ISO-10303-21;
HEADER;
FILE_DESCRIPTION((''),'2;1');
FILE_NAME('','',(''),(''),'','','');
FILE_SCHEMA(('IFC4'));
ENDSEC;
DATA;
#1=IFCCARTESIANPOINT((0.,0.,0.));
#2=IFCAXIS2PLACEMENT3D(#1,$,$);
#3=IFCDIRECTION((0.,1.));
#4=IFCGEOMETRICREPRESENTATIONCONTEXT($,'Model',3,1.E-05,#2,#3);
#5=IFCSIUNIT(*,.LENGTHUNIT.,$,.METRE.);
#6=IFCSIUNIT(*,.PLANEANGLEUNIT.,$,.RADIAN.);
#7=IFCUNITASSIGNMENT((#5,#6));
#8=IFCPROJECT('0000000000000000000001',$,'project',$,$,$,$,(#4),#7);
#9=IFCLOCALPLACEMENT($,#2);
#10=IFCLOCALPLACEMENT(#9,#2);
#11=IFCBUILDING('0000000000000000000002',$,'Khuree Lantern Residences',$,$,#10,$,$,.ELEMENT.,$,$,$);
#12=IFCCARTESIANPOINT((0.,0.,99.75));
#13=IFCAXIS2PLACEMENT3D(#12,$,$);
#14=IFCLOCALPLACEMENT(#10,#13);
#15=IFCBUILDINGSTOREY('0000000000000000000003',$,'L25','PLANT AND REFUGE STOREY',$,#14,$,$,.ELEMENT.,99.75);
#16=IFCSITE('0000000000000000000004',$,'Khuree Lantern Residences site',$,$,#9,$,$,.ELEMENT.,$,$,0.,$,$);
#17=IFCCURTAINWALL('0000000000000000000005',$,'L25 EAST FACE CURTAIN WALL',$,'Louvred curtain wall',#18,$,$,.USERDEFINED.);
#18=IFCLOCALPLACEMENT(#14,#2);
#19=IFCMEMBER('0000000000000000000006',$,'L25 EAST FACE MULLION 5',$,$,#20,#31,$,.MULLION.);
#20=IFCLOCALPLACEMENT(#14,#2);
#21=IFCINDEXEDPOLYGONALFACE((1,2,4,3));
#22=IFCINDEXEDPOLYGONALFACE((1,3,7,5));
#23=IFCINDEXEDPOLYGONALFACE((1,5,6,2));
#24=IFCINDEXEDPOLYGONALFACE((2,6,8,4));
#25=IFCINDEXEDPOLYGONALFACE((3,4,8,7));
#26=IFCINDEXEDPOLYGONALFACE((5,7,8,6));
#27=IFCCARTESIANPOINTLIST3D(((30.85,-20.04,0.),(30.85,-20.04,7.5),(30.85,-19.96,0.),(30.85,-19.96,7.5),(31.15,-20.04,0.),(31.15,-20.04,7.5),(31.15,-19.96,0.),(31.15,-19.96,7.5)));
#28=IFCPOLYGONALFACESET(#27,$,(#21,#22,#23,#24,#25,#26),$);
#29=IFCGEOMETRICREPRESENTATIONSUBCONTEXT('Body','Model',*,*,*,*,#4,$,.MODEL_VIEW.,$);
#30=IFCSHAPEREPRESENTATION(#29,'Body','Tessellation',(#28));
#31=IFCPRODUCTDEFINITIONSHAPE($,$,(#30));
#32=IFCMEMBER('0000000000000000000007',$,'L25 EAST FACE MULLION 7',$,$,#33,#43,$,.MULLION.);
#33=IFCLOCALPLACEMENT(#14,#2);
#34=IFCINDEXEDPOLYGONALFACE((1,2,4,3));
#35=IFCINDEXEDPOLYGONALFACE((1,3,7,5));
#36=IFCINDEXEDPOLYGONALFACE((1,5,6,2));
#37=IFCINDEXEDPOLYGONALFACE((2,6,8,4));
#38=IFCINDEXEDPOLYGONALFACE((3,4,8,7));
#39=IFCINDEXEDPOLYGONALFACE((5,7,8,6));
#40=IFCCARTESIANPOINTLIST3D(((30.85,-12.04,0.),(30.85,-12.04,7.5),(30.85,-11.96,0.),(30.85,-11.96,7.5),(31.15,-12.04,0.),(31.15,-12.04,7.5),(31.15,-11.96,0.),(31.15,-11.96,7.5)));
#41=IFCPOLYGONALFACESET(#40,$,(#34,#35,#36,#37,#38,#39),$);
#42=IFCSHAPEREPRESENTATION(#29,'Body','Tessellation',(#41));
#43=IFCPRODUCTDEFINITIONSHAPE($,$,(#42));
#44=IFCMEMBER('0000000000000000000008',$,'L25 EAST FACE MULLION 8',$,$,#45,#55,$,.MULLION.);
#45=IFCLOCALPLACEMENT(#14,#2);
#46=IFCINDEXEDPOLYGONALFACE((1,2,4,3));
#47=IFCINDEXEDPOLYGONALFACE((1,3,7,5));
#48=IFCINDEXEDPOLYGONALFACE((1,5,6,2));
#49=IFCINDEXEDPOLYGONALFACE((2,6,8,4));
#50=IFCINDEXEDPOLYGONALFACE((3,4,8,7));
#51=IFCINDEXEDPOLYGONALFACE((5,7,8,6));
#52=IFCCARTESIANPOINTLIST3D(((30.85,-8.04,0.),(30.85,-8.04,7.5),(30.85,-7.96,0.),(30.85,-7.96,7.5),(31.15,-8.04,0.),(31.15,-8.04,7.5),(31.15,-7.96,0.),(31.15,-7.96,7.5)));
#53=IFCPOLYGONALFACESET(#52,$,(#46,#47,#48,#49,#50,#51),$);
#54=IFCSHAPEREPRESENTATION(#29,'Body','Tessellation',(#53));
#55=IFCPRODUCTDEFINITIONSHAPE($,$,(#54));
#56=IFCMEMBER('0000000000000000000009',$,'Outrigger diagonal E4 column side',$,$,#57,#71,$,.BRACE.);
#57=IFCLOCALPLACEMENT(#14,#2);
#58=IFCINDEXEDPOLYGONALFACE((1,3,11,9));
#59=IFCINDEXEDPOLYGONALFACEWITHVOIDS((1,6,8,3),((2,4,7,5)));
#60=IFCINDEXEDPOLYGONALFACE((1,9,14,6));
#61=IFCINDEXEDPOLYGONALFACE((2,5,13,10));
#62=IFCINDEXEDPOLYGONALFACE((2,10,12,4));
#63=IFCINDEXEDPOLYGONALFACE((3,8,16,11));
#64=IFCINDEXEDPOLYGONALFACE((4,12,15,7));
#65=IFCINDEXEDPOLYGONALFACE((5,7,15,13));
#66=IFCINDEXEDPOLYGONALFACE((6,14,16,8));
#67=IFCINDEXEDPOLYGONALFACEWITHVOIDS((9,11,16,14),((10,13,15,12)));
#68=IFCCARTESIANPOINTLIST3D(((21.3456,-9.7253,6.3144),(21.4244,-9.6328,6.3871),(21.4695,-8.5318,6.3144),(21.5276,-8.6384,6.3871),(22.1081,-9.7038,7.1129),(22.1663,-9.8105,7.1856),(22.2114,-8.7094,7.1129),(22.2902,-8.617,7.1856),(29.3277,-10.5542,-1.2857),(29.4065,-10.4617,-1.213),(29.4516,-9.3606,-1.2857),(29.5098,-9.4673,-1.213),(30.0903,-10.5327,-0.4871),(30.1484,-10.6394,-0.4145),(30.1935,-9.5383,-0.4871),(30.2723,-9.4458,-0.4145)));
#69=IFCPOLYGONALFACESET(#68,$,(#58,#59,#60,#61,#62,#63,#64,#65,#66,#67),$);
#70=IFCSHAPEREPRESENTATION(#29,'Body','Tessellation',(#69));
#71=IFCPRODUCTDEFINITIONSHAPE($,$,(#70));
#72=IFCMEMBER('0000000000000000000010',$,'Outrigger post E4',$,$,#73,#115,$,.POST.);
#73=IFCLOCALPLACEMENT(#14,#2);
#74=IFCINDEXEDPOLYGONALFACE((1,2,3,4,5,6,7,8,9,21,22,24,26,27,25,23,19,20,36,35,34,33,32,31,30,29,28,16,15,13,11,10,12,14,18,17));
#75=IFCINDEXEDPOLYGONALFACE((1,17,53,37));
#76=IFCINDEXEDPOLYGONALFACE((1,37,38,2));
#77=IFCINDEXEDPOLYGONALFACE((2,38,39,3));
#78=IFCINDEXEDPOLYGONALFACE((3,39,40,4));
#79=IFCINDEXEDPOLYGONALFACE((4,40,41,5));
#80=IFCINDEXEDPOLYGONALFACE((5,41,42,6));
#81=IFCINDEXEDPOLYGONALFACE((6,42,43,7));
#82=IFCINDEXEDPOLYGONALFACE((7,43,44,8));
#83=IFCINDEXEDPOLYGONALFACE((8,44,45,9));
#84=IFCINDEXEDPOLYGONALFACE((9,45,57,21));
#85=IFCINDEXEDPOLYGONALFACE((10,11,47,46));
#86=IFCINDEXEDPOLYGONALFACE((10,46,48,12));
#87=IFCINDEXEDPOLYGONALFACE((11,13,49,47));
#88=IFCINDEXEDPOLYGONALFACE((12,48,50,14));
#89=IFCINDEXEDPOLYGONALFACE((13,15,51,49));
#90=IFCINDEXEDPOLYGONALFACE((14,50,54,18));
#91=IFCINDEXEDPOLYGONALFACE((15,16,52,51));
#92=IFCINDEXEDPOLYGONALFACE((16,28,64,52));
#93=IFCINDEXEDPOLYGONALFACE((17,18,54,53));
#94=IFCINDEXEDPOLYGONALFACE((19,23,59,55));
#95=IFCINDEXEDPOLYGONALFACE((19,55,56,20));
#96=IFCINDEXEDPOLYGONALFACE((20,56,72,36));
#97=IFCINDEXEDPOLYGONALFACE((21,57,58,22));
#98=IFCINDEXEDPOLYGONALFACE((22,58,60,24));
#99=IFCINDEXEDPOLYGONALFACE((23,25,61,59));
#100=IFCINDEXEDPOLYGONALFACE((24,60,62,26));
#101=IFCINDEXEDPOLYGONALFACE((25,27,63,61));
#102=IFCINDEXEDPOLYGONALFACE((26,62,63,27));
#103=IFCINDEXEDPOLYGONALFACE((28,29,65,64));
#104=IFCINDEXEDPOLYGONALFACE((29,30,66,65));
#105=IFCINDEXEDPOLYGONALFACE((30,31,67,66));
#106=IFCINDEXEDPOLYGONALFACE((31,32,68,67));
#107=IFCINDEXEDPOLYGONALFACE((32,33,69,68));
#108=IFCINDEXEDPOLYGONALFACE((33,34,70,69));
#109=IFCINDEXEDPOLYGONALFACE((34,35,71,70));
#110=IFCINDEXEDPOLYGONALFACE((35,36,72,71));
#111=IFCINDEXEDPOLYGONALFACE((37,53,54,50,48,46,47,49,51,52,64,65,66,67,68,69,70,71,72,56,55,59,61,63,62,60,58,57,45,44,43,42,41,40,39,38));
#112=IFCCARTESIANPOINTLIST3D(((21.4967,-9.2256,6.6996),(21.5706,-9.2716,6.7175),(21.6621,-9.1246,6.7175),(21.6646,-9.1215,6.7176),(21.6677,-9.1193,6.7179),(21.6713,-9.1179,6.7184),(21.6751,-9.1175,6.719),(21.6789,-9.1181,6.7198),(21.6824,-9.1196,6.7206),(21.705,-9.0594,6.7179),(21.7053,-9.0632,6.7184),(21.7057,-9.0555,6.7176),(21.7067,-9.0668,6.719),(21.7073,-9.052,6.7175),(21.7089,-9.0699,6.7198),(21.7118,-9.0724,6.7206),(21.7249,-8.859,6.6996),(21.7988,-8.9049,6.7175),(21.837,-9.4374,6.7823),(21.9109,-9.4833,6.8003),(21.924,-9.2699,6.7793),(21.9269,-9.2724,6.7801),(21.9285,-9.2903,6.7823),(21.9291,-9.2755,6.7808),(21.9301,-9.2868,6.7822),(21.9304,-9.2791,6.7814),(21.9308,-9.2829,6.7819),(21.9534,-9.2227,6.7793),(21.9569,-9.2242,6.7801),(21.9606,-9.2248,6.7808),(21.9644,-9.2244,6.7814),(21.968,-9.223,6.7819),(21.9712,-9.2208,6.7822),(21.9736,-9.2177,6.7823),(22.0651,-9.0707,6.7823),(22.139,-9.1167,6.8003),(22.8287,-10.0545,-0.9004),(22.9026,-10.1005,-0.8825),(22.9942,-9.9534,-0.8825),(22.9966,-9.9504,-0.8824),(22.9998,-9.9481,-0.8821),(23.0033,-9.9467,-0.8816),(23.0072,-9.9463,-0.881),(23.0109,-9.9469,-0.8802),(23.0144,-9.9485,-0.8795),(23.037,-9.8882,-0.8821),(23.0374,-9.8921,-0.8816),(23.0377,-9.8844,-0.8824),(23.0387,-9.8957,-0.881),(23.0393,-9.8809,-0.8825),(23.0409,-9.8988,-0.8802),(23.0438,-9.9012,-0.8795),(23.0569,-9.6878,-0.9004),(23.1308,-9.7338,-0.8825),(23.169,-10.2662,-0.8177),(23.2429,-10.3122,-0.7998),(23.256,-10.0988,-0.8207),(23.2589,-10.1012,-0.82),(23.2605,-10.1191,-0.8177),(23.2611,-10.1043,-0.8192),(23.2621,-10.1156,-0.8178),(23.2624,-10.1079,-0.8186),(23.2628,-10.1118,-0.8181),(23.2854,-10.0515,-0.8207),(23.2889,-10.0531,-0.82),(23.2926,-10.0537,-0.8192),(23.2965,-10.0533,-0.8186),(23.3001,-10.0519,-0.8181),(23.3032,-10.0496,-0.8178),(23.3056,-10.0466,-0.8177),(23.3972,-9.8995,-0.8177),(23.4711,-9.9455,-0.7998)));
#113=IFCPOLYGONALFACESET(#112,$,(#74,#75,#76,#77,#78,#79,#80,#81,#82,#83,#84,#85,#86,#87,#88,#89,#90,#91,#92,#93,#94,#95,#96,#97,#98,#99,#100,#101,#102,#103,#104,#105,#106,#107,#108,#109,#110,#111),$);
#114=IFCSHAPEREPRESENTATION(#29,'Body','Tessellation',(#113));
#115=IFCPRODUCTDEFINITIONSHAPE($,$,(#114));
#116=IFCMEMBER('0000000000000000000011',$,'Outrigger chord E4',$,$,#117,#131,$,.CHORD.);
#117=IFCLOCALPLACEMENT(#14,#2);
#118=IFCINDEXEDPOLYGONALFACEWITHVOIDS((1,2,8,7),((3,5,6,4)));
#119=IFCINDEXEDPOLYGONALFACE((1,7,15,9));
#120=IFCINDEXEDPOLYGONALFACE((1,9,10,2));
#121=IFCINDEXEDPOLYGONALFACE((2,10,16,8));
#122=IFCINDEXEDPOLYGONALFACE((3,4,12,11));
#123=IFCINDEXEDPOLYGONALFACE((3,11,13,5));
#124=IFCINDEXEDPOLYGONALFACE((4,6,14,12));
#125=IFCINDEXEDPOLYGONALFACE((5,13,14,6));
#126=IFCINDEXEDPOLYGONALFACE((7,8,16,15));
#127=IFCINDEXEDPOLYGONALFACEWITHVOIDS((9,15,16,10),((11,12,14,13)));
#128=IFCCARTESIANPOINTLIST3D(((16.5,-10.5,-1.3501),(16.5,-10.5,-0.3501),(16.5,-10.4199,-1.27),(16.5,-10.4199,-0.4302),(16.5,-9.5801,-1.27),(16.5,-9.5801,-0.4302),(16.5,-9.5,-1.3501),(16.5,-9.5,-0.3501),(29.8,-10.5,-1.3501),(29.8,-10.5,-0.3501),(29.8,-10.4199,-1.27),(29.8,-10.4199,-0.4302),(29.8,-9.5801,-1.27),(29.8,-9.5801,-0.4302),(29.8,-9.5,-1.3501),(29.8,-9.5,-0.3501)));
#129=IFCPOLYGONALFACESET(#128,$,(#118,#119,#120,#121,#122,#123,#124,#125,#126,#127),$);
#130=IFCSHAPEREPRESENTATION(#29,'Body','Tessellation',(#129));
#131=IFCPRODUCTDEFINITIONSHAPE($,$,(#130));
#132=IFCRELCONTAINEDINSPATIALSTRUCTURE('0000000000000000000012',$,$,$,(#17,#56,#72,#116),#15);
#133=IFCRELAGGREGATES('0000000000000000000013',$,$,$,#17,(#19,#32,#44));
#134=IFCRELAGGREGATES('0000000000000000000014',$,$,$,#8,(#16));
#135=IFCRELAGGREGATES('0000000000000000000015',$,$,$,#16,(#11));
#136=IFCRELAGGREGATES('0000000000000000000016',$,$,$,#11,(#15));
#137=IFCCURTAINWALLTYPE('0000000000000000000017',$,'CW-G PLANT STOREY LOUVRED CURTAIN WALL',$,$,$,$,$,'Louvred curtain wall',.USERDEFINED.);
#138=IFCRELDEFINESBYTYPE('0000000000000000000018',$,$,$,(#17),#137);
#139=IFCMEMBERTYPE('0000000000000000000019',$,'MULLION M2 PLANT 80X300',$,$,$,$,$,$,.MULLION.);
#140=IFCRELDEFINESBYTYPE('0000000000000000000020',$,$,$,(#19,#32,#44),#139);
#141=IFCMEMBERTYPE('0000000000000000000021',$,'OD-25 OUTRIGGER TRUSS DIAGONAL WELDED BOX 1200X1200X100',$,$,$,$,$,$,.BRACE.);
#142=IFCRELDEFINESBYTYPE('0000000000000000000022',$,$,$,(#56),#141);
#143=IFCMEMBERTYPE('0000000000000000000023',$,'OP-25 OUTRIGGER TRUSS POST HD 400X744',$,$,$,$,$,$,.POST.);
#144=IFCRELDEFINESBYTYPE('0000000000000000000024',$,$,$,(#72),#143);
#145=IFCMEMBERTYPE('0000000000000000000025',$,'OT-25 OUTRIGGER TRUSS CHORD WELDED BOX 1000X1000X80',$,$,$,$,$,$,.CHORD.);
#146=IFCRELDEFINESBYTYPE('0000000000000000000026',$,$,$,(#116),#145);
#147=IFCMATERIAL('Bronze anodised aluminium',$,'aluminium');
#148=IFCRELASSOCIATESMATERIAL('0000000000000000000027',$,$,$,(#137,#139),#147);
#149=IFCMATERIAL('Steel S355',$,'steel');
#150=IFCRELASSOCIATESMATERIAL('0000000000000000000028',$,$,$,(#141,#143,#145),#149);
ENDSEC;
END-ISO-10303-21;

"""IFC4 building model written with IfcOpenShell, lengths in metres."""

from ifc_helpers import new_model, si_unit, direction, frame, origin, origin_2d, place, context, subcontext, project, spatial, rectangle, hollow_rectangle, i_section, extrude, material, material_profile, profile_set, type_object, element, aggregate, save


model = new_model("IFC4")

# Units and contexts
model_context = context("Model", 3, precision=1e-05, world=origin(), true_north=direction((0.0, 1.0)))
body_context = subcontext(model_context, "Body", "Model", "MODEL_VIEW")
ifc_project = project(units=[si_unit("LENGTHUNIT", "METRE"), si_unit("PLANEANGLEUNIT", "RADIAN")], contexts=[model_context])

# Site, building, storey
site_placement = place(None, origin())
site = spatial("IfcSite", under=ifc_project, at=site_placement, Name="Khuree Lantern Residences site", CompositionType="ELEMENT", RefElevation=0.0)
building_placement = place(site_placement, origin())
building = spatial("IfcBuilding", under=site, at=building_placement, Name="Khuree Lantern Residences", CompositionType="ELEMENT")
storey_placement = place(building_placement, frame((0.0, 0.0, 99.75)))
storey = spatial("IfcBuildingStorey", under=building, at=storey_placement, Name="L25", Description="PLANT AND REFUGE STOREY", CompositionType="ELEMENT", Elevation=99.75)

# Shared definitions
ifc_material_1 = material(Name="Steel S355", Category="steel")

# Curtain wall
ifc_material_2 = material(Name="Bronze anodised aluminium", Category="aluminium")
curtain_wall_type = type_object("IfcCurtainWallType", Name="CW-G PLANT STOREY LOUVRED CURTAIN WALL", ElementType="Louvred curtain wall", PredefinedType="USERDEFINED", material=ifc_material_2)
curtain_wall_placement = place(storey_placement, origin())
curtain_wall = element("IfcCurtainWall", 1, at=curtain_wall_placement, inside=storey, type_object=curtain_wall_type, Name="L25 EAST FACE CURTAIN WALL", ObjectType="Louvred curtain wall", PredefinedType="USERDEFINED")

# Members
ifc_material_profile_1 = material_profile(ifc_material_2, rectangle(XDim=0.0801, YDim=0.3, at=origin_2d()), Name="M2 80X300")
ifc_profile_set_1 = profile_set([ifc_material_profile_1], Name="Bronze anodised aluminium")
member_type_1 = type_object("IfcMemberType", Name="MULLION M2 PLANT 80X300", PredefinedType="MULLION", material=ifc_profile_set_1)
member_1_placement = place(storey_placement, frame((31.0, -20.0, 0.0), z_axis=(0.0, 0.0, 1.0), x_axis=(0.0, 1.0, 0.0)))
member_1 = element("IfcMember", 2, at=member_1_placement, type_object=member_type_1, Name="L25 EAST FACE MULLION 5", PredefinedType="MULLION", context=body_context, shape_type="SweptSolid", body=[
    extrude(rectangle(XDim=0.0801, YDim=0.3, at=origin_2d()), origin(), (0.0, 0.0, 1.0), 7.5),
])
member_2_placement = place(storey_placement, frame((31.0, -12.0, 0.0), z_axis=(0.0, 0.0, 1.0), x_axis=(0.0, 1.0, 0.0)))
member_2 = element("IfcMember", 3, at=member_2_placement, type_object=member_type_1, Name="L25 EAST FACE MULLION 7", PredefinedType="MULLION", context=body_context, shape_type="SweptSolid", body=[
    extrude(rectangle(XDim=0.0801, YDim=0.3, at=origin_2d()), origin(), (0.0, 0.0, 1.0), 7.5),
])
member_3_placement = place(storey_placement, frame((31.0, -8.0, 0.0), z_axis=(0.0, 0.0, 1.0), x_axis=(0.0, 1.0, 0.0)))
member_3 = element("IfcMember", 4, at=member_3_placement, type_object=member_type_1, Name="L25 EAST FACE MULLION 8", PredefinedType="MULLION", context=body_context, shape_type="SweptSolid", body=[
    extrude(rectangle(XDim=0.0801, YDim=0.3, at=origin_2d()), origin(), (0.0, 0.0, 1.0), 7.5),
])

# Members
ifc_material_profile_2 = material_profile(ifc_material_1, hollow_rectangle(XDim=1.2, YDim=1.2, WallThickness=0.1001, at=origin_2d()), Name="WELDED BOX 1200X1200X100")
ifc_profile_set_2 = profile_set([ifc_material_profile_2], Name="Steel S355")
member_type_2 = type_object("IfcMemberType", Name="OD-25 OUTRIGGER TRUSS DIAGONAL WELDED BOX 1200X1200X100", PredefinedType="BRACE", material=ifc_profile_set_2)
member_4_placement = place(storey_placement, frame((21.8179, -9.1711, 6.75), z_axis=(0.722188, -0.074991, -0.687619), x_axis=(0.103283, 0.994652, 0.0)))
element("IfcMember", 5, at=member_4_placement, inside=storey, type_object=member_type_2, Name="Outrigger diagonal E4 column side", PredefinedType="BRACE", context=body_context, shape_type="SweptSolid", body=[
    extrude(hollow_rectangle(XDim=1.2, YDim=1.2, WallThickness=0.1001, at=origin_2d()), origin(), (0.0, 0.0, 1.0), 11.0527),
])
ifc_material_profile_3 = material_profile(ifc_material_1, i_section(OverallWidth=0.4319, OverallDepth=0.498, WebThickness=0.0557, FlangeThickness=0.0889, FilletRadius=0.0149, at=origin_2d()), Name="HD 400X744")
ifc_profile_set_3 = profile_set([ifc_material_profile_3], Name="Steel S355")
member_type_3 = type_object("IfcMemberType", Name="OP-25 OUTRIGGER TRUSS POST HD 400X744", PredefinedType="POST", material=ifc_profile_set_3)
member_5_placement = place(storey_placement, frame((23.1499, -10.0, -0.8501), z_axis=(-0.171646, 0.106807, 0.979352), x_axis=(-0.528319, -0.849046, 0.0)))
element("IfcMember", 6, at=member_5_placement, inside=storey, type_object=member_type_3, Name="Outrigger post E4", PredefinedType="POST", context=body_context, shape_type="SweptSolid", body=[
    extrude(i_section(OverallWidth=0.4319, OverallDepth=0.498, WebThickness=0.0557, FlangeThickness=0.0889, FilletRadius=0.0149, at=origin_2d()), origin(), (0.0, 0.0, 1.0), 7.7603),
])
ifc_material_profile_4 = material_profile(ifc_material_1, hollow_rectangle(XDim=1.0, YDim=1.0, WallThickness=0.0801, at=origin_2d()), Name="WELDED BOX 1000X1000X80")
ifc_profile_set_4 = profile_set([ifc_material_profile_4], Name="Steel S355")
member_type_4 = type_object("IfcMemberType", Name="OT-25 OUTRIGGER TRUSS CHORD WELDED BOX 1000X1000X80", PredefinedType="CHORD", material=ifc_profile_set_4)
member_6_placement = place(storey_placement, frame((29.8, -10.0, -0.8501), z_axis=(-1.0, 0.0, 0.0), x_axis=(0.0, -1.0, 0.0)))
element("IfcMember", 7, at=member_6_placement, inside=storey, type_object=member_type_4, Name="Outrigger chord E4", PredefinedType="CHORD", context=body_context, shape_type="SweptSolid", body=[
    extrude(hollow_rectangle(XDim=1.0, YDim=1.0, WallThickness=0.0801, at=origin_2d()), origin(), (0.0, 0.0, 1.0), 13.3),
])

aggregate(curtain_wall, [member_1, member_2, member_3])

save(model, "model.ifc")
